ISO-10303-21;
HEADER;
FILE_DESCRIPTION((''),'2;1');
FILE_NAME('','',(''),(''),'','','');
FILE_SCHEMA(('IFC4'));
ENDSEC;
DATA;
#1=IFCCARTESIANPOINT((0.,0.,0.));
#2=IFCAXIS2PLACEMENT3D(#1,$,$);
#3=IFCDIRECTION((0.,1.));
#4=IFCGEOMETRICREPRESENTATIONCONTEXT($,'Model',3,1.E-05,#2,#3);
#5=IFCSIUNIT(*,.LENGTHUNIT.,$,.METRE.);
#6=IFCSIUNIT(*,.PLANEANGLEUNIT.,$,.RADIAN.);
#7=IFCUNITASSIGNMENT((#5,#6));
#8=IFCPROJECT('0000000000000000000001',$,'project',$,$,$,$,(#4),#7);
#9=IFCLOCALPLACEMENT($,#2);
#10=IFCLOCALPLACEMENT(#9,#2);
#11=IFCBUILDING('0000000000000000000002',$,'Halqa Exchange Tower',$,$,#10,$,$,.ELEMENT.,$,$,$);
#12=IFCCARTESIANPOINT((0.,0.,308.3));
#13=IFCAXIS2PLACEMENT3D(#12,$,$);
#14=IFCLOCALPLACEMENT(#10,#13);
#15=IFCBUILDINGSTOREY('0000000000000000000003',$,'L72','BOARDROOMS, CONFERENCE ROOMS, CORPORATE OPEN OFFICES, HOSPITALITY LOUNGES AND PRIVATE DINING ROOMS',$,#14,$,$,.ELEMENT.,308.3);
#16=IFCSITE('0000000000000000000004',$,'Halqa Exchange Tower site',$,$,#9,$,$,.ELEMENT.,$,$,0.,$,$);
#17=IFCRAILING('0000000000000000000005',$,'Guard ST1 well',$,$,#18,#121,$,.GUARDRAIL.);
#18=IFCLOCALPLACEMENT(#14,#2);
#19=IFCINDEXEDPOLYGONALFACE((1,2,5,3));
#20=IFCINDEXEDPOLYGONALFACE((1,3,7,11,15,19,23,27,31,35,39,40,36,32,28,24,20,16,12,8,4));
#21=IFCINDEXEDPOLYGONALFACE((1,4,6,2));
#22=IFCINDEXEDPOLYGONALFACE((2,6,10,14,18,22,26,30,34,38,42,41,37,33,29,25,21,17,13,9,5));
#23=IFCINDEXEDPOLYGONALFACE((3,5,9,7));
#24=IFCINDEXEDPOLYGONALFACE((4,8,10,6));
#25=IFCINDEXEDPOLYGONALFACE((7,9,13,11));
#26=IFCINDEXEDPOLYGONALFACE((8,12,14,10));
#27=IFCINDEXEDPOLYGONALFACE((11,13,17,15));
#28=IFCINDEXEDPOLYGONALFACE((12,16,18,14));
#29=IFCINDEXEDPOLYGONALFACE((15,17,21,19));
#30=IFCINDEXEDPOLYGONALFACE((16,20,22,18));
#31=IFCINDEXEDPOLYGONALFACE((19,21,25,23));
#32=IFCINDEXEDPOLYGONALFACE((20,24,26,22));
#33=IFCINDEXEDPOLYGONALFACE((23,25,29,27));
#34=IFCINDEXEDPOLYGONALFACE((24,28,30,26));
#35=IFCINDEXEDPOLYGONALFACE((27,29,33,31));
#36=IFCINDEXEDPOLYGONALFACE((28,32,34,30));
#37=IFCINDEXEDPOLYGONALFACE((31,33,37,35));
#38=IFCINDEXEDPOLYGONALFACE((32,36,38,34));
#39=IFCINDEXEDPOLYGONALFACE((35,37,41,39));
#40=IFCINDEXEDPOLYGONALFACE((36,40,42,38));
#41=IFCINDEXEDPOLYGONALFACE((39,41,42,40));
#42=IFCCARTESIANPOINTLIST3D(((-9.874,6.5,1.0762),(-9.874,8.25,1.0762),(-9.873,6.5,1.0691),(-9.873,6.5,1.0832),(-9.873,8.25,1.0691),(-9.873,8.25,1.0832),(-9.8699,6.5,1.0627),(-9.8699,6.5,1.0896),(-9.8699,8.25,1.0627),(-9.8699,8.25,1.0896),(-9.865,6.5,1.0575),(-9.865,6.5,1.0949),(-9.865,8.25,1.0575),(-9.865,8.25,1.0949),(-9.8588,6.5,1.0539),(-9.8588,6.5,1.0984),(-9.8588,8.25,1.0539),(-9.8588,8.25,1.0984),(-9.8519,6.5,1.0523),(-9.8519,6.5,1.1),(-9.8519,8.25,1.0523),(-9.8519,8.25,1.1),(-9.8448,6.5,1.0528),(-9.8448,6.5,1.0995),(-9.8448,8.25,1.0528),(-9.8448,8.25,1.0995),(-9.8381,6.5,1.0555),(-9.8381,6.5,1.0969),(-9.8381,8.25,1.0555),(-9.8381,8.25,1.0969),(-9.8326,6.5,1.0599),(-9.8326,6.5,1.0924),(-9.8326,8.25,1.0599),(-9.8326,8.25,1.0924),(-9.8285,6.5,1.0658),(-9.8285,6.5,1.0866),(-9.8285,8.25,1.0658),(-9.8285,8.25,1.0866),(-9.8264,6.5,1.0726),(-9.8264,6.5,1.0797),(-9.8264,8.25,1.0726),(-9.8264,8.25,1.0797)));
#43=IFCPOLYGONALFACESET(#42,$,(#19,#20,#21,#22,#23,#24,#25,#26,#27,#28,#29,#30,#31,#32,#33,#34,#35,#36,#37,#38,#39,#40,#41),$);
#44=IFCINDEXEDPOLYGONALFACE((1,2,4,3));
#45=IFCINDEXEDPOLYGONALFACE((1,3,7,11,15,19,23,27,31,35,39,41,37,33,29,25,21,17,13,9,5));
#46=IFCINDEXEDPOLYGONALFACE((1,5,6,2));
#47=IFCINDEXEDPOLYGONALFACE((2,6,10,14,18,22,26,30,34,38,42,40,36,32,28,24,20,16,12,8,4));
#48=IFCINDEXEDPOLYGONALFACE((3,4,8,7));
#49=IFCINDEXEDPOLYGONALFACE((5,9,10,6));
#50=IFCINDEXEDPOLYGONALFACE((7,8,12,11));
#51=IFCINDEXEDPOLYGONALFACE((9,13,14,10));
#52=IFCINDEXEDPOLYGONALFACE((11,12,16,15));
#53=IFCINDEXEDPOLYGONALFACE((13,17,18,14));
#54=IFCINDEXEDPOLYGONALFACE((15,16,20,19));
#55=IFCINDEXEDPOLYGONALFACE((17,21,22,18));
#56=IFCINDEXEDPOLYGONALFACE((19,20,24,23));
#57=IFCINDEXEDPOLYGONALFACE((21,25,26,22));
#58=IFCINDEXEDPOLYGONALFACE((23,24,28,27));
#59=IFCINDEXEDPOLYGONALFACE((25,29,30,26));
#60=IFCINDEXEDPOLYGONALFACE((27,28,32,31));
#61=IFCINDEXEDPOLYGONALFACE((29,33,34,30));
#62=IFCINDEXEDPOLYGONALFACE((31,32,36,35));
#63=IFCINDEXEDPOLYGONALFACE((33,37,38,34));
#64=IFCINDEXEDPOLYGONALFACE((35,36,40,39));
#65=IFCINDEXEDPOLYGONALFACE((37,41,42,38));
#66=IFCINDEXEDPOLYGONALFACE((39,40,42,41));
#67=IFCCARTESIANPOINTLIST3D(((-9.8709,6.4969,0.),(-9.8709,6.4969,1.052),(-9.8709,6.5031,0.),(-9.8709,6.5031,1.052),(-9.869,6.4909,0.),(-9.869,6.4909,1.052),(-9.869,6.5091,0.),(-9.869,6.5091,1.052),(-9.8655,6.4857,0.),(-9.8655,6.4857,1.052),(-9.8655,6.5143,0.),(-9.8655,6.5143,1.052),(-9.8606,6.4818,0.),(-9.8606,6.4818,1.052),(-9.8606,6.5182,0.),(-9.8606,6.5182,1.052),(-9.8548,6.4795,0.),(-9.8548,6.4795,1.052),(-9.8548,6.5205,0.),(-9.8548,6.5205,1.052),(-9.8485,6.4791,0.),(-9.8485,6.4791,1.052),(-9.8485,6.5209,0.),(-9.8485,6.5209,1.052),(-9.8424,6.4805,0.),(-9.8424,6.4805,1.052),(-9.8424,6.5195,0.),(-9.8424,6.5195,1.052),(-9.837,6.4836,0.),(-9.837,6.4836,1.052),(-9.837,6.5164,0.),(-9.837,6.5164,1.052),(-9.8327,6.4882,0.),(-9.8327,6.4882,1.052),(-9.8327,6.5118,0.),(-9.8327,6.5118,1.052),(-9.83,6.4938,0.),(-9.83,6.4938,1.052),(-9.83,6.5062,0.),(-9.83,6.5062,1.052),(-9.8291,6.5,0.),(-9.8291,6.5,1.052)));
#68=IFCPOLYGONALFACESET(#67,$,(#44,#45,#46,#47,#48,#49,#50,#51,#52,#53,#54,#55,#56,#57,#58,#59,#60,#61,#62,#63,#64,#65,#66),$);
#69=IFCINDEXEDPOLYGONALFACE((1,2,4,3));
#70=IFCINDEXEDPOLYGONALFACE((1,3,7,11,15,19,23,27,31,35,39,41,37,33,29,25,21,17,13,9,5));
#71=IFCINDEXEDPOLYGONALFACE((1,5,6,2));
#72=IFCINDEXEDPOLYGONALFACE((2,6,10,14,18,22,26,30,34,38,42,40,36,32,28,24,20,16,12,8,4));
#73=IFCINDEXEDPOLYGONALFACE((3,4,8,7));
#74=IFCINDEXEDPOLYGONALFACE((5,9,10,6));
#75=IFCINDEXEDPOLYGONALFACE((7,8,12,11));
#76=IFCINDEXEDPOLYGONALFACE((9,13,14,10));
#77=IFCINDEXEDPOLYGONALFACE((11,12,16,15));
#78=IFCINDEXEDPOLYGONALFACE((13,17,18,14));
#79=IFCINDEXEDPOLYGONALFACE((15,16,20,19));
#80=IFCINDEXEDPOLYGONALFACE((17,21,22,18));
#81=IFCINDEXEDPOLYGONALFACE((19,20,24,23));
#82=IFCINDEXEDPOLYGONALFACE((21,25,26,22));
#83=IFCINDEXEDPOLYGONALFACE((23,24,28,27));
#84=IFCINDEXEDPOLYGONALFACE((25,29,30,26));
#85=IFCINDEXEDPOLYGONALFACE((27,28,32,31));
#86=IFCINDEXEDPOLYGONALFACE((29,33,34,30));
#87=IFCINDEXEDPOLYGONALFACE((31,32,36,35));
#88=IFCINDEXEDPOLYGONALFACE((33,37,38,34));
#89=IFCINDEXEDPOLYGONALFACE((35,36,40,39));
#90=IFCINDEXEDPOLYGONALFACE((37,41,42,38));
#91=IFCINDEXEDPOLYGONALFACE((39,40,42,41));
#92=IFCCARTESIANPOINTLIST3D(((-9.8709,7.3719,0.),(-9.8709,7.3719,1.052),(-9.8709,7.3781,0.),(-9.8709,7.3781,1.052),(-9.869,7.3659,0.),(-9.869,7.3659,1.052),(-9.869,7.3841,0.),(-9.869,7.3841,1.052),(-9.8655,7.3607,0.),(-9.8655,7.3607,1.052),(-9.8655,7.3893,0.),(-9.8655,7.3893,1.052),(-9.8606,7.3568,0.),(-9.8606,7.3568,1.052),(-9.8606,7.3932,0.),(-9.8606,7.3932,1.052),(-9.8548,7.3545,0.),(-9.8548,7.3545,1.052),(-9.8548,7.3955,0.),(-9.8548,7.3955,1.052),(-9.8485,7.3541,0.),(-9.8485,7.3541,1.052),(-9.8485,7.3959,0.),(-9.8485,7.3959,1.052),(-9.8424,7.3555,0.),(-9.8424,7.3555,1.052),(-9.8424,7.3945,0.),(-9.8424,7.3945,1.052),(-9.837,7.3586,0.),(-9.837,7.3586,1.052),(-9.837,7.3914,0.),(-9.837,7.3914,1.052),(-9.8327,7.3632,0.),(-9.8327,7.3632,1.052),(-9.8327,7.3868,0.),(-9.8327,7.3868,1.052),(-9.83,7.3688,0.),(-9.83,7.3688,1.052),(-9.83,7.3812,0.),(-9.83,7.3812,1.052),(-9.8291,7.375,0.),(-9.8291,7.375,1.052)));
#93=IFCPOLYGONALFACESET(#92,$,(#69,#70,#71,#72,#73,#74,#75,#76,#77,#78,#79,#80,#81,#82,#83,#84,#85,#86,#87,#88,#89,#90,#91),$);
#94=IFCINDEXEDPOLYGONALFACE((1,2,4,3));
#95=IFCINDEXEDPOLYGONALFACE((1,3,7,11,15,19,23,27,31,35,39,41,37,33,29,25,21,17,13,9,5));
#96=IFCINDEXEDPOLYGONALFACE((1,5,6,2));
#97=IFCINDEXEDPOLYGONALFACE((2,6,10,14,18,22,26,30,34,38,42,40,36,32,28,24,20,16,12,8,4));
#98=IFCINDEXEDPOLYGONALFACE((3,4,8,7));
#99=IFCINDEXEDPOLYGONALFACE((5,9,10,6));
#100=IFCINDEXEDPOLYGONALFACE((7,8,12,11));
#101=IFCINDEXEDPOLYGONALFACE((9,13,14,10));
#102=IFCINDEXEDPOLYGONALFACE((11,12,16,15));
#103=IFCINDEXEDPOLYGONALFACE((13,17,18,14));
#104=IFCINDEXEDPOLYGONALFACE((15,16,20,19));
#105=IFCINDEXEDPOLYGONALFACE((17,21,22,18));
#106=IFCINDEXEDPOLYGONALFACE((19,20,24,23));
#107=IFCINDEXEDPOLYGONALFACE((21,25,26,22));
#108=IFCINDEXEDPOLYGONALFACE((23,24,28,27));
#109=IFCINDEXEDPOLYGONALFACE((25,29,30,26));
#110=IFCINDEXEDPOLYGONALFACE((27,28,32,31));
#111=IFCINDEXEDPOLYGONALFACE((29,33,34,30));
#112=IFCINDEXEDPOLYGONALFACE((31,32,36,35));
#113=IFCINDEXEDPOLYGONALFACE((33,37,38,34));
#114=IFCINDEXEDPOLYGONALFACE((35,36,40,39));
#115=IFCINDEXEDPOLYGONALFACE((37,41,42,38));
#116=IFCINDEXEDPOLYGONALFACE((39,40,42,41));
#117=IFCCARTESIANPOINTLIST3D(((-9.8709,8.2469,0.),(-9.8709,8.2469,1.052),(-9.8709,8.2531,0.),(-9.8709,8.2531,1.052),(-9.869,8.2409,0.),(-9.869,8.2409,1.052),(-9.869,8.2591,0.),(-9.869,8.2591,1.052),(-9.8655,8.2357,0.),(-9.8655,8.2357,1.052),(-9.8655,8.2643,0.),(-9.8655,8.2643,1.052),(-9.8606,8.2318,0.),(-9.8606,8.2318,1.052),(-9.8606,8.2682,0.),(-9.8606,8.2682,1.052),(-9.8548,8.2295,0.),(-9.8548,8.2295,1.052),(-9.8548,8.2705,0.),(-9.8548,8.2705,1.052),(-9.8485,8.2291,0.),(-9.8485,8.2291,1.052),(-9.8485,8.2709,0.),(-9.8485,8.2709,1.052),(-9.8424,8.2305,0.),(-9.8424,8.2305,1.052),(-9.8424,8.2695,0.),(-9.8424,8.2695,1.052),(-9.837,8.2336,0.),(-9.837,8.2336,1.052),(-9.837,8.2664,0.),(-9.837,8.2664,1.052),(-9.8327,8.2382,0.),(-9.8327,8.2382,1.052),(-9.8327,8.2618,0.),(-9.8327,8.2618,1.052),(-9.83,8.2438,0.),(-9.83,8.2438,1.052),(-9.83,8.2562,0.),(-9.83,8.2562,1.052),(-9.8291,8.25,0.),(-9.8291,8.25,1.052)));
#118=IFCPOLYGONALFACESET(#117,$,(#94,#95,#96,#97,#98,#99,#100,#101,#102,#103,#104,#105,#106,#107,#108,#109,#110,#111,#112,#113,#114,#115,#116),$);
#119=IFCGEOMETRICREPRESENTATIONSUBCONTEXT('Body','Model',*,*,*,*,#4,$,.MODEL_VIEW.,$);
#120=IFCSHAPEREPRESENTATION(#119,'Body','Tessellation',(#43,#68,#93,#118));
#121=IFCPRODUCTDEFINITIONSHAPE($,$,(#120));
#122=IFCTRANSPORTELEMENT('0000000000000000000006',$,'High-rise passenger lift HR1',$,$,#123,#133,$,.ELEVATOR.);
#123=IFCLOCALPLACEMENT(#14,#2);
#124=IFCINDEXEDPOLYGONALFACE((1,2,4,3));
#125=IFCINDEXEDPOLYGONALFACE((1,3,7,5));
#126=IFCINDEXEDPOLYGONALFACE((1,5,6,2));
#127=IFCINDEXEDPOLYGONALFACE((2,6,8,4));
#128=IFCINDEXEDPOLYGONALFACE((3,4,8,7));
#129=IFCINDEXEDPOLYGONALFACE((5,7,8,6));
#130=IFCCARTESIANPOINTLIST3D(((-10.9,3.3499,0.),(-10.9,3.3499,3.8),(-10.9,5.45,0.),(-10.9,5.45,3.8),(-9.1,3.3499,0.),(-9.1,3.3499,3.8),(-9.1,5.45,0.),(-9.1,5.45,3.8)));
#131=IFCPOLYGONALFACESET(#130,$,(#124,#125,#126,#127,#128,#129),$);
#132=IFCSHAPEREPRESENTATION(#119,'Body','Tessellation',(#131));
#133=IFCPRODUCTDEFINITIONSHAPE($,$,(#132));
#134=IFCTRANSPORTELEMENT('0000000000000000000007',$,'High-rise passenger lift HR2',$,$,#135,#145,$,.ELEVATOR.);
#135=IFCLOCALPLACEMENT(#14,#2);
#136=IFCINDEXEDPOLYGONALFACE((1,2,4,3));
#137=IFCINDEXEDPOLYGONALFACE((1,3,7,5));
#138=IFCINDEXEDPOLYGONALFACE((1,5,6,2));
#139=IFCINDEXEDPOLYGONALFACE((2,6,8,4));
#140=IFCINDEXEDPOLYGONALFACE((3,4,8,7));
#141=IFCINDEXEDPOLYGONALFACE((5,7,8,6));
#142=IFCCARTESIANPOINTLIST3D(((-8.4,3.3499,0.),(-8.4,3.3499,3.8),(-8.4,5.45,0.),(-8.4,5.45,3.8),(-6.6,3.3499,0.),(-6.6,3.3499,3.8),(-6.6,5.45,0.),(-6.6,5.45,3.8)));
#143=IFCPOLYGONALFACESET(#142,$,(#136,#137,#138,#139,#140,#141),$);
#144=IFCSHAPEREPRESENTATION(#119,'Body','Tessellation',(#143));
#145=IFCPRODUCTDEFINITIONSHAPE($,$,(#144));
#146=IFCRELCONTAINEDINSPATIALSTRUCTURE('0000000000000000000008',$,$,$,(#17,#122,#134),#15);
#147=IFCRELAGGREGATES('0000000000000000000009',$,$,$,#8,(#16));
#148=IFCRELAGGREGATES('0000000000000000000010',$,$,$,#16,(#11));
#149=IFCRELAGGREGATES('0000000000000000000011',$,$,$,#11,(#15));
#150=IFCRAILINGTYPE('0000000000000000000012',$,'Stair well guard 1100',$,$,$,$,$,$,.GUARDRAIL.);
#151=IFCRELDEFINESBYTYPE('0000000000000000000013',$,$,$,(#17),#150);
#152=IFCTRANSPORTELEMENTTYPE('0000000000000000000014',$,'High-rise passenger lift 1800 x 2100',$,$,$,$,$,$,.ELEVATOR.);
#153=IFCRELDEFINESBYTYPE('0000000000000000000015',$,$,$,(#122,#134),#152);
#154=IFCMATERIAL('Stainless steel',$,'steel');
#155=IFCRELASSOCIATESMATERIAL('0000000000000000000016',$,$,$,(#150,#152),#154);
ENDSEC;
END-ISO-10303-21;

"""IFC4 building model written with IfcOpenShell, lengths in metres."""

from ifc_helpers import new_model, si_unit, direction, frame, origin, origin_2d, place, context, subcontext, project, spatial, rectangle, circle, extrude, material, type_object, element, save


model = new_model("IFC4")

# Units and contexts
model_context = context("Model", 3, precision=1e-05, world=origin(), true_north=direction((0.0, 1.0)))
body_context = subcontext(model_context, "Body", "Model", "MODEL_VIEW")
ifc_project = project(units=[si_unit("LENGTHUNIT", "METRE"), si_unit("PLANEANGLEUNIT", "RADIAN")], contexts=[model_context])

# Site, building, storey
site_placement = place(None, origin())
site = spatial("IfcSite", under=ifc_project, at=site_placement, Name="Halqa Exchange Tower site", CompositionType="ELEMENT", RefElevation=0.0)
building_placement = place(site_placement, origin())
building = spatial("IfcBuilding", under=site, at=building_placement, Name="Halqa Exchange Tower", CompositionType="ELEMENT")
storey_placement = place(building_placement, frame((0.0, 0.0, 308.3)))
storey = spatial("IfcBuildingStorey", under=building, at=storey_placement, Name="L72", Description="BOARDROOMS, CONFERENCE ROOMS, CORPORATE OPEN OFFICES, HOSPITALITY LOUNGES AND PRIVATE DINING ROOMS", CompositionType="ELEMENT", Elevation=308.3)

# Shared definitions
ifc_material_1 = material(Name="Stainless steel", Category="steel")

# Railing
railing_type_1 = type_object("IfcRailingType", Name="Stair well guard 1100", PredefinedType="GUARDRAIL", material=ifc_material_1)
railing_1_placement = place(storey_placement, frame((-9.8501, 6.5, 0.0)))
element("IfcRailing", 1, at=railing_1_placement, inside=storey, type_object=railing_type_1, Name="Guard ST1 well", PredefinedType="GUARDRAIL", context=body_context, shape_type="SweptSolid", body=[
    extrude(circle(Radius=0.0239, at=origin_2d()), frame((0.0, 0.0, 1.0762), z_axis=(0.0, 1.0, 0.0), x_axis=(-1.0, 0.0, 0.0)), (0.0, 0.0, 1.0), 1.75),
    extrude(circle(Radius=0.021, at=origin_2d()), origin(), (0.0, 0.0, 1.0), 1.052),
    extrude(circle(Radius=0.021, at=origin_2d()), frame((0.0, 0.875, 0.0)), (0.0, 0.0, 1.0), 1.052),
    extrude(circle(Radius=0.021, at=origin_2d()), frame((0.0, 1.75, 0.0)), (0.0, 0.0, 1.0), 1.052),
])

# Transport elements
transport_element_type = type_object("IfcTransportElementType", Name="High-rise passenger lift 1800 x 2100", PredefinedType="ELEVATOR", material=ifc_material_1)
for number, where, z_axis, x_axis, name in (
    (2, (-10.0, 4.3999, 0.0), (0.0, 0.0, 1.0), (1.0, 0.0, 0.0), "High-rise passenger lift HR1"),
    (3, (-7.5, 4.3999, 0.0), (0.0, 0.0, 1.0), (1.0, 0.0, 0.0), "High-rise passenger lift HR2"),
):
    element("IfcTransportElement", number, at=place(storey_placement, frame(where, z_axis=z_axis, x_axis=x_axis)), inside=storey, type_object=transport_element_type, Name=name, PredefinedType="ELEVATOR", context=body_context, shape_type="SweptSolid", body=[
        extrude(rectangle(XDim=1.8, YDim=2.1001, at=origin_2d()), origin(), (0.0, 0.0, 1.0), 3.8),
    ])

save(model, "model.ifc")
